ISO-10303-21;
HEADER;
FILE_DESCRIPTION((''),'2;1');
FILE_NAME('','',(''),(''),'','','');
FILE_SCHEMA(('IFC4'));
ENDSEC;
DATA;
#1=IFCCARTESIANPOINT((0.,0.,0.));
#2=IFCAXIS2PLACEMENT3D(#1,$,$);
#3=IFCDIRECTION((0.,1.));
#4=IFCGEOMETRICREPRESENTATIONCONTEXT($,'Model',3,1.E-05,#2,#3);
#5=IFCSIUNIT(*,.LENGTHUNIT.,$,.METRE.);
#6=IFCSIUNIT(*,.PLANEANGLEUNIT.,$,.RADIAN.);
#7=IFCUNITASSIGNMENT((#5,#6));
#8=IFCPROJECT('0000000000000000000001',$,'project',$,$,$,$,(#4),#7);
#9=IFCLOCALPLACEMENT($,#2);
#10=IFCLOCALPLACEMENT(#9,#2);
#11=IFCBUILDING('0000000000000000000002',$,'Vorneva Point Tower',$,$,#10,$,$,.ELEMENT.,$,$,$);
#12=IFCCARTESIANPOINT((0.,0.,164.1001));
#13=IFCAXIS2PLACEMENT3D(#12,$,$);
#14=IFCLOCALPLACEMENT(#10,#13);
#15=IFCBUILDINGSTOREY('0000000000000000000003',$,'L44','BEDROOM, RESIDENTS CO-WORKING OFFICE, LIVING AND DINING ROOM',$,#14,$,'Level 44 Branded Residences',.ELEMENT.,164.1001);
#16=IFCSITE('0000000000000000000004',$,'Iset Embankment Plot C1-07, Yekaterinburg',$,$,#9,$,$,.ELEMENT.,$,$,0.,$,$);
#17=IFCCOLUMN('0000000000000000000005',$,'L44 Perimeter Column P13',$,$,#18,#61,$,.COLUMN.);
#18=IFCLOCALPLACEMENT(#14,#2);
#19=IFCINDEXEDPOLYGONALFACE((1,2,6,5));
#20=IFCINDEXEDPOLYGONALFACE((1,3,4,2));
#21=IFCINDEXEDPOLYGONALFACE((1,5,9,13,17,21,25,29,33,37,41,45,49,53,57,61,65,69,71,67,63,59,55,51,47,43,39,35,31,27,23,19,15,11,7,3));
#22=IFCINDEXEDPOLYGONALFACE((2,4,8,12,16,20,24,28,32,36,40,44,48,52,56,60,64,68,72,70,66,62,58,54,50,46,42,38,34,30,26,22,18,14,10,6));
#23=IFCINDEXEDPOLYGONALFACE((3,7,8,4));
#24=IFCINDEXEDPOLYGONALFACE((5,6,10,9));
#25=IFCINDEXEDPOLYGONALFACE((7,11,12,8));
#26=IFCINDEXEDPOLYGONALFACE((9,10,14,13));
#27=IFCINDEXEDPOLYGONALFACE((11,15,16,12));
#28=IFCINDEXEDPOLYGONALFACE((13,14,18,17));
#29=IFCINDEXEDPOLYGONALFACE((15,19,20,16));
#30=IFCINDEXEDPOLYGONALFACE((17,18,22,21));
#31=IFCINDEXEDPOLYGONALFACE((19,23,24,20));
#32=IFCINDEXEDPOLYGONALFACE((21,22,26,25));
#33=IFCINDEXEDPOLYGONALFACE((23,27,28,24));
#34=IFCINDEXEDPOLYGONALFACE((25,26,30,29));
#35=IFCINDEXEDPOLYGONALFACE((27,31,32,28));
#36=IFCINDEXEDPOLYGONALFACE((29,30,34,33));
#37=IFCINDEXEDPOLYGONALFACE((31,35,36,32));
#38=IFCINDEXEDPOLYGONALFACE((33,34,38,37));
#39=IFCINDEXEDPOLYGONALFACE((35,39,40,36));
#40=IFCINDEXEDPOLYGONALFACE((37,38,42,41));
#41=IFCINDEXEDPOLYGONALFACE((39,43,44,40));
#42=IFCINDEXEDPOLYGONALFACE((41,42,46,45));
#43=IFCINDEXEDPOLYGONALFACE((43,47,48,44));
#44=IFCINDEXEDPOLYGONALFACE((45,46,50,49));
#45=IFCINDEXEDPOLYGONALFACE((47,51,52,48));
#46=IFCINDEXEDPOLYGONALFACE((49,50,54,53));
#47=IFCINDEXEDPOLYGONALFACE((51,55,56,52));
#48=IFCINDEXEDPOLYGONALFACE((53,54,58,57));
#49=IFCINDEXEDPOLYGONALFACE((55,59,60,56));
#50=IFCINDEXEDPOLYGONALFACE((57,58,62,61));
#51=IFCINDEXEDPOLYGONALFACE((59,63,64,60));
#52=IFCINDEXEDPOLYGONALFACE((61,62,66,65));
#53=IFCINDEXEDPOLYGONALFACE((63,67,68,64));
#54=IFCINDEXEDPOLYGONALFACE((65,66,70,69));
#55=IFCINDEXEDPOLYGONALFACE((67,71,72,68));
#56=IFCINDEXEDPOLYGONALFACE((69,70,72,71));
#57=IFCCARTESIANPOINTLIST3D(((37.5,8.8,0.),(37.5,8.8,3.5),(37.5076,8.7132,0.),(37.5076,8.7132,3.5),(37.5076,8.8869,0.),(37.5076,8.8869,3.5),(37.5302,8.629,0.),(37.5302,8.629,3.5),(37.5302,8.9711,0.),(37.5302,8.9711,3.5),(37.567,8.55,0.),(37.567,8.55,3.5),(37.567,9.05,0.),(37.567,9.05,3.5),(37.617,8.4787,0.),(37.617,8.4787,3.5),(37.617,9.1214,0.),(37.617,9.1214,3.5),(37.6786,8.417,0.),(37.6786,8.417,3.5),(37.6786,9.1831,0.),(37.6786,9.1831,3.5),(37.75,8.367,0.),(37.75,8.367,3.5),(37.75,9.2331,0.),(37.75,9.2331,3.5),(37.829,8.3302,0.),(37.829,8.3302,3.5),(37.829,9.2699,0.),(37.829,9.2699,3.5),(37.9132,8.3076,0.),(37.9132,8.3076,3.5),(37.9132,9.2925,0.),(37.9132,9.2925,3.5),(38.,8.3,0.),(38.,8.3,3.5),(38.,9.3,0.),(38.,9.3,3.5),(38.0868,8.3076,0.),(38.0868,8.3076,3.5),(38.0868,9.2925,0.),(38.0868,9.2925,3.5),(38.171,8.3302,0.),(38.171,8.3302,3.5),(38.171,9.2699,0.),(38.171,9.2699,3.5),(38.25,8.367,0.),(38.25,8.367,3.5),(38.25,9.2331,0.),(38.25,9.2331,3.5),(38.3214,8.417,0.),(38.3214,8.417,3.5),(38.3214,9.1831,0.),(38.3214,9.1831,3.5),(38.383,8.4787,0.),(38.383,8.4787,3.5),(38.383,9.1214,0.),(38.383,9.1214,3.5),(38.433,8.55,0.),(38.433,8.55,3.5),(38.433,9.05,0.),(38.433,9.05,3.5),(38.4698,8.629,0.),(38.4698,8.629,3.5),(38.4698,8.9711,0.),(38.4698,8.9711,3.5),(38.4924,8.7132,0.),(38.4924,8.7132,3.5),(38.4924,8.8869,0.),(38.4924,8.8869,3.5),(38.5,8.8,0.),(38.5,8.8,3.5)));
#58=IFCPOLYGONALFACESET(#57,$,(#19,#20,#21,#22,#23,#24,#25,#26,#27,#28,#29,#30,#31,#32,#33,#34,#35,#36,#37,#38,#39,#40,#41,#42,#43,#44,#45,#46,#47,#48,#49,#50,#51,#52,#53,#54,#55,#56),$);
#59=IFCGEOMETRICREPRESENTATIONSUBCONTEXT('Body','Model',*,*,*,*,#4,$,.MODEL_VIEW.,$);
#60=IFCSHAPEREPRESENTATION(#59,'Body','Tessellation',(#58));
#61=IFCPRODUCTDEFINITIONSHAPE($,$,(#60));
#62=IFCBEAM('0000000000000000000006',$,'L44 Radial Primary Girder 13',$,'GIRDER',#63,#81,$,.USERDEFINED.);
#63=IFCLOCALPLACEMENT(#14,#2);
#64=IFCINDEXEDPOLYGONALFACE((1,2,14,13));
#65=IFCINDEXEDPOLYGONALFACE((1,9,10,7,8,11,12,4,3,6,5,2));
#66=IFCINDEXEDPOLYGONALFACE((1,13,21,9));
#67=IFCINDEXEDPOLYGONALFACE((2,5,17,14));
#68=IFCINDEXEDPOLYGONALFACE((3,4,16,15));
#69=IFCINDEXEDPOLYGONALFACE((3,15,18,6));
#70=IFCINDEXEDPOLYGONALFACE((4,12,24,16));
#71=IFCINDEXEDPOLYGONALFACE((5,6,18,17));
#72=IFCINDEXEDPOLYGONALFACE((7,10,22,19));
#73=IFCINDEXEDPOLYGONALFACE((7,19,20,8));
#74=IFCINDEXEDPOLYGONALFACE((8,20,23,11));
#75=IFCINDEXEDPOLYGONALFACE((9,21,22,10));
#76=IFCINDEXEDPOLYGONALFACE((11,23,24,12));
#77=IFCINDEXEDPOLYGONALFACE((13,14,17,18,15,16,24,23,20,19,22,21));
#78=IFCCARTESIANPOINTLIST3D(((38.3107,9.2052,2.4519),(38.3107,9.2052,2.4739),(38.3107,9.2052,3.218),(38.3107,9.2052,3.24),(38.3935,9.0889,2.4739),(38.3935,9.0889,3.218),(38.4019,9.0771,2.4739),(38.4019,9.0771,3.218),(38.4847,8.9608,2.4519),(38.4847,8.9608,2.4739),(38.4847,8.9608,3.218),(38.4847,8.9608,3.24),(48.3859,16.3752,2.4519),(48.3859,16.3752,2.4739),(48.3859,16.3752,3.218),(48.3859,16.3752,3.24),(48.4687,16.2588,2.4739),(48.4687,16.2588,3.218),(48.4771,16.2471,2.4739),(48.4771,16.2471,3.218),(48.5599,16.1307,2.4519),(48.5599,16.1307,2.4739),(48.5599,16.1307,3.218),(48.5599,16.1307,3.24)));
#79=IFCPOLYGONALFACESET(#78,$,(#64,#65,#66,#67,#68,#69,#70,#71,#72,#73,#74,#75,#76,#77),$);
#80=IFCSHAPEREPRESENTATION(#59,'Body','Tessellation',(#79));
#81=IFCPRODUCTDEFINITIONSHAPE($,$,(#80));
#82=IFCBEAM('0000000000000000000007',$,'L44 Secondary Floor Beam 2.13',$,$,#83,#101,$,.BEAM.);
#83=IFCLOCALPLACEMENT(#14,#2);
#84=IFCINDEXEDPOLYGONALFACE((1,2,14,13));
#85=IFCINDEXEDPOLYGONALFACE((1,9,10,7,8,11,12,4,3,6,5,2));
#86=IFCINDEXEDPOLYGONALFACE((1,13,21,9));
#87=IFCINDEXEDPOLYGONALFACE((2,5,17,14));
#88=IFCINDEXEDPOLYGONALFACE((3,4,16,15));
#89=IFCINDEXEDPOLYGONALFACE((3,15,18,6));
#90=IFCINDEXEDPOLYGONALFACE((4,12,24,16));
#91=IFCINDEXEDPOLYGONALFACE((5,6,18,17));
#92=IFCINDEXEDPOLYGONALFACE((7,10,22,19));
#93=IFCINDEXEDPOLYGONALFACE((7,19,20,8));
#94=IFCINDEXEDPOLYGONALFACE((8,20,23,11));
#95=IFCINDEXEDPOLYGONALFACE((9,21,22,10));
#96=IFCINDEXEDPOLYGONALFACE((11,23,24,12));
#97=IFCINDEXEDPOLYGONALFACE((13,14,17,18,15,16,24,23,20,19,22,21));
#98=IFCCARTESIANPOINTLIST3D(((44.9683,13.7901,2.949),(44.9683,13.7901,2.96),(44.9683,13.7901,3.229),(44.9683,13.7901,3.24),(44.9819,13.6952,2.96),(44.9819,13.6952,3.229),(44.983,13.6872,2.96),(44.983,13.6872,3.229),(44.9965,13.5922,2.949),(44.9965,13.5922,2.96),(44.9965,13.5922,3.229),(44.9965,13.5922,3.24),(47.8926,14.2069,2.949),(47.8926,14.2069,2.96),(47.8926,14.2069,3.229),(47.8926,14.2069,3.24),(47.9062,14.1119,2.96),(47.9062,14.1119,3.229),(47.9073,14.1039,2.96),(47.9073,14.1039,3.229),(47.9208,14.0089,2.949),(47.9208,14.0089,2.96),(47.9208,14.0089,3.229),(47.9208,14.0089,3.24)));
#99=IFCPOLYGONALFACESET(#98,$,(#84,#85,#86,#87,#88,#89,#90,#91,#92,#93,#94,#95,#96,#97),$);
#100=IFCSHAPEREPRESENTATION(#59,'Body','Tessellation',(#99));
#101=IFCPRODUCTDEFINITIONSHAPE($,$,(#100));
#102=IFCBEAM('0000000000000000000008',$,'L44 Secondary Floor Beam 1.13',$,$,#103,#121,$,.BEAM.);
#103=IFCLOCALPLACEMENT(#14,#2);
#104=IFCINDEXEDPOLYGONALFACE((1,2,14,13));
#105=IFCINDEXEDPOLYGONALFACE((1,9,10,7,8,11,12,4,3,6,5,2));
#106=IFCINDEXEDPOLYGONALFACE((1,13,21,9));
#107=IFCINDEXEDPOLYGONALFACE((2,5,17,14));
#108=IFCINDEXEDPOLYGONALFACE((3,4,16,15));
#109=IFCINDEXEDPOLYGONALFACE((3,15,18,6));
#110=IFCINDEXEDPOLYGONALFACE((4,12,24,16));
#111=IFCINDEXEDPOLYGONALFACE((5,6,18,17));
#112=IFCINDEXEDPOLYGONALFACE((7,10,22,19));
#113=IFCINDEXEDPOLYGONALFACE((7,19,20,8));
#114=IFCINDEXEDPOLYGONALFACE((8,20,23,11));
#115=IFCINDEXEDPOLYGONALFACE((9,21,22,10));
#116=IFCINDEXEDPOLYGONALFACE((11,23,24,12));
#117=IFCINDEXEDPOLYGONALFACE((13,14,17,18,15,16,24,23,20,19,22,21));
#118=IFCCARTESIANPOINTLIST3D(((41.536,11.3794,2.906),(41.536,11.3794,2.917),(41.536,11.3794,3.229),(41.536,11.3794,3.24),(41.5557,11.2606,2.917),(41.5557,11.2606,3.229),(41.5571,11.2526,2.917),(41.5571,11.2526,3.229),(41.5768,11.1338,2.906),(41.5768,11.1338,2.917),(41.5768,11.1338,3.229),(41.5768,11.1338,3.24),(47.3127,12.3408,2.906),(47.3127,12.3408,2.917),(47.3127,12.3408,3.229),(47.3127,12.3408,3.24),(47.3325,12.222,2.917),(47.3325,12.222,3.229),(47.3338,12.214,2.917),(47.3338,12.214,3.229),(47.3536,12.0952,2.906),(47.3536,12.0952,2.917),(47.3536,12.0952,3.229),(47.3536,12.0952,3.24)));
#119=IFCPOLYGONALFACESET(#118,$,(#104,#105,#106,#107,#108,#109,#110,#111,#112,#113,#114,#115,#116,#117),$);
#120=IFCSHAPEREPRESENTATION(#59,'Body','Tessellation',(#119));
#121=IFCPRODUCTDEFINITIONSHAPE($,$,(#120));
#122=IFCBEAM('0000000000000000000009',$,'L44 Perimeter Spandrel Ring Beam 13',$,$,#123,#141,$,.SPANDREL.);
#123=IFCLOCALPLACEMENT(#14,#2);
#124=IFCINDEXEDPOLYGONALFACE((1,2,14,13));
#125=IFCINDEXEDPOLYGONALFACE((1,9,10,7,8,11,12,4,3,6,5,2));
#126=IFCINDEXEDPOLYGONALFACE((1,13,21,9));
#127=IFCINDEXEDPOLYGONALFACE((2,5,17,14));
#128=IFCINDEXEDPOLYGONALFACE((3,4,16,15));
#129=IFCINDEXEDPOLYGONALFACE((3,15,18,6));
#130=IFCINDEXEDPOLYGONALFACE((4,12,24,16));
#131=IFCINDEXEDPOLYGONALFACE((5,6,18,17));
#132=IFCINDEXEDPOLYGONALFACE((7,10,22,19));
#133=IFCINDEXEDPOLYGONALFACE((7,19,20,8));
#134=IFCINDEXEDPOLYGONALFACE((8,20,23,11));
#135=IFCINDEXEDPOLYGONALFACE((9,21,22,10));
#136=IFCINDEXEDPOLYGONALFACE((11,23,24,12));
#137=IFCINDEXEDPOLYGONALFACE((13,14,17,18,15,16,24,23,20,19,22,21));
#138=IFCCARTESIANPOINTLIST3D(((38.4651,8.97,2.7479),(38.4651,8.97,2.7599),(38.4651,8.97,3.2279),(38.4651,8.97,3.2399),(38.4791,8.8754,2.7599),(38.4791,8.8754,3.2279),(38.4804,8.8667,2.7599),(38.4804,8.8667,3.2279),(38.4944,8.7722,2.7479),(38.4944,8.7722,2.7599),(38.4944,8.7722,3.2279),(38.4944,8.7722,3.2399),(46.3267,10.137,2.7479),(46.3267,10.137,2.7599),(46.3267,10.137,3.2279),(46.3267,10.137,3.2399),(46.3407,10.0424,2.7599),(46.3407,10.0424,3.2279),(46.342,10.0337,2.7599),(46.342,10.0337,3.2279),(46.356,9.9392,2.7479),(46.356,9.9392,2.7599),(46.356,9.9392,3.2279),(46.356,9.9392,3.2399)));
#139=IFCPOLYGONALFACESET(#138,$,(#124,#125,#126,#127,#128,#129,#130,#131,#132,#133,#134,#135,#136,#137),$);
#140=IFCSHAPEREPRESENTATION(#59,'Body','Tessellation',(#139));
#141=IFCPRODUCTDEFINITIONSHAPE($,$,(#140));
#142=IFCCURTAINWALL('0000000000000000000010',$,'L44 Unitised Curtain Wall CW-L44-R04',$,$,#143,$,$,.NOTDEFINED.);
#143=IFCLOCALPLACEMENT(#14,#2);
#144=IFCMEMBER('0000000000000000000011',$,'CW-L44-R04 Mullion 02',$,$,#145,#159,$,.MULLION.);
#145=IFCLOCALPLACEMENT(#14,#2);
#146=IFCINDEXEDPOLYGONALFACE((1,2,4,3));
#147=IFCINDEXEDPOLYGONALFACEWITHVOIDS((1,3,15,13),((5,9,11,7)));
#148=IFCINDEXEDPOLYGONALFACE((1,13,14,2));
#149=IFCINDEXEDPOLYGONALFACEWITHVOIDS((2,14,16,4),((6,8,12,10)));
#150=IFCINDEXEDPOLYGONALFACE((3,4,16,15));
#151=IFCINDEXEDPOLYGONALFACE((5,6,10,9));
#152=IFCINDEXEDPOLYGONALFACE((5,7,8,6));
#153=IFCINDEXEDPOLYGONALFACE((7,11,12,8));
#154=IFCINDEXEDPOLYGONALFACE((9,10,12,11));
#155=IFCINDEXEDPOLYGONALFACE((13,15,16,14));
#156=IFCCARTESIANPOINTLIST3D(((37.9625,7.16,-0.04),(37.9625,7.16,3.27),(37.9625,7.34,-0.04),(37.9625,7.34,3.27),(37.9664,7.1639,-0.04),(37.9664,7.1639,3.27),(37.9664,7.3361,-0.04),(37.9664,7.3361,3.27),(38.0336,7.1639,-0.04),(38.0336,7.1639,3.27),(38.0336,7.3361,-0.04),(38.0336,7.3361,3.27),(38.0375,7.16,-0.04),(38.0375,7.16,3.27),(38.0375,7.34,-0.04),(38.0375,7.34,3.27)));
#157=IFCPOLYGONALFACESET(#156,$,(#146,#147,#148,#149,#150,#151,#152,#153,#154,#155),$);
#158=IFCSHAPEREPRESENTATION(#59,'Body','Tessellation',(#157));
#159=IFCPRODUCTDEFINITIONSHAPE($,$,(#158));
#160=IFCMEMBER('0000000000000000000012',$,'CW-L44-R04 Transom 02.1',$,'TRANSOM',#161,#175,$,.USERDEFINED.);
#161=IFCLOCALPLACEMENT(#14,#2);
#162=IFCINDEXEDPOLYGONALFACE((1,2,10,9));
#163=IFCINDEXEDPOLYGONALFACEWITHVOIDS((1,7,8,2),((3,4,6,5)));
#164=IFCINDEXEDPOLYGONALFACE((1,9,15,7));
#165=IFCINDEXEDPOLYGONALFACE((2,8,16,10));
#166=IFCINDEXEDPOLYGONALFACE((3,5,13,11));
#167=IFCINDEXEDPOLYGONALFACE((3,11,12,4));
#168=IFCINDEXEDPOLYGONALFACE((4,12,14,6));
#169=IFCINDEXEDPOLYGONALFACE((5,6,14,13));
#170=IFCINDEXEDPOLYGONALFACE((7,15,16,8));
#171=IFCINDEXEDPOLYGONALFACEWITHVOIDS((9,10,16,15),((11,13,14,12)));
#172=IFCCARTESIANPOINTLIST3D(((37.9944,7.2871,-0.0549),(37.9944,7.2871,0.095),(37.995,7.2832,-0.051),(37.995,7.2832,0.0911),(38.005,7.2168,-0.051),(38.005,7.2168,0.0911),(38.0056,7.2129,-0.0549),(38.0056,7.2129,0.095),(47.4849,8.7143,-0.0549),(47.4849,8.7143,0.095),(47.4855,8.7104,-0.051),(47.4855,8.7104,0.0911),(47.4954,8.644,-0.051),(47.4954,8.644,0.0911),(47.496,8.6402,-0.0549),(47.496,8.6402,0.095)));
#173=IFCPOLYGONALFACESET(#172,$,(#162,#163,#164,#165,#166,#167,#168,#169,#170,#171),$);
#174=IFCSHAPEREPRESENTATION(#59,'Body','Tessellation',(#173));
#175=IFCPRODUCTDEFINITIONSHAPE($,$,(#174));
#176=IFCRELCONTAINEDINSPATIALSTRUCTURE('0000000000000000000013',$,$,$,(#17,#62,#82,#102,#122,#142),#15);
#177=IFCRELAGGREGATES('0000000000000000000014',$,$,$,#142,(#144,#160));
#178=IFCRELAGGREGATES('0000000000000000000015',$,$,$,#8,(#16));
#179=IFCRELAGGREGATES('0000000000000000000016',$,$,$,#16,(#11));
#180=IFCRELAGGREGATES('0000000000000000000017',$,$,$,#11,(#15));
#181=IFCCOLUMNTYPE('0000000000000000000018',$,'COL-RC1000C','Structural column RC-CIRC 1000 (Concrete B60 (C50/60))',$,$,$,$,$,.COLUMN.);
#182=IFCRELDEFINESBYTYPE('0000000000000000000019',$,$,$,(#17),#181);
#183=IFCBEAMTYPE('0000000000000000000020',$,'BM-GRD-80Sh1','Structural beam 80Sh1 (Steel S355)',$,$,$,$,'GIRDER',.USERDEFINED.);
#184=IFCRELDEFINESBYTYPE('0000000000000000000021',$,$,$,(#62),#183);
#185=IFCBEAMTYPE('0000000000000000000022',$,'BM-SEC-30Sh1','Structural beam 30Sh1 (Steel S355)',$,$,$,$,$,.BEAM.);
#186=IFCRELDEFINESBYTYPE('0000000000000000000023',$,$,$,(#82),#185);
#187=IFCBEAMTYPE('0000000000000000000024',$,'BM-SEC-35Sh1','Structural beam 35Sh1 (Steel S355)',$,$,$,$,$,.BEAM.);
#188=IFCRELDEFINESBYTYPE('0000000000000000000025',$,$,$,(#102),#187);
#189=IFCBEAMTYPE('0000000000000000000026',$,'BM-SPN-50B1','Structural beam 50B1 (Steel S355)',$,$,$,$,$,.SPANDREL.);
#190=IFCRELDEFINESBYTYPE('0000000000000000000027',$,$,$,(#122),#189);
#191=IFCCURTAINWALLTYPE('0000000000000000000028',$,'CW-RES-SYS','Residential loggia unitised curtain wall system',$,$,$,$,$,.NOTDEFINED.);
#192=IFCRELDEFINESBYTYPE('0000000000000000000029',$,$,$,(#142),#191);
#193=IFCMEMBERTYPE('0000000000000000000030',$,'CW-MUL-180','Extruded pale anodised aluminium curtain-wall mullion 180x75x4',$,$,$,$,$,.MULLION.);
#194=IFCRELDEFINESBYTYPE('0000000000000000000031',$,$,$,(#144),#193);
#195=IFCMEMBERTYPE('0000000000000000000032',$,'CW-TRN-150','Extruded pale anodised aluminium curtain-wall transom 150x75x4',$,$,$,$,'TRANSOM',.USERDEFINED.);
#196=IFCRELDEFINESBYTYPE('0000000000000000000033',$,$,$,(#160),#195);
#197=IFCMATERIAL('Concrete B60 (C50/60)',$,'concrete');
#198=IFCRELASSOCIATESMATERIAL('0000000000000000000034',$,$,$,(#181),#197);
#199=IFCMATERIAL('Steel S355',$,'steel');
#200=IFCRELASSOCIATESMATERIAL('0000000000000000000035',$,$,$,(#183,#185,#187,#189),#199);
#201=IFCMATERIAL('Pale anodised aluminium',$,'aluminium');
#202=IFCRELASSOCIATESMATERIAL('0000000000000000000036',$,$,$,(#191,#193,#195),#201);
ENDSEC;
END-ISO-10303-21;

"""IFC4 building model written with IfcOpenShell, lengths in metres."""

from ifc_helpers import new_model, si_unit, direction, frame, origin, origin_2d, place, context, subcontext, project, spatial, hollow_rectangle, circle, i_section, extrude, material, material_profile, profile_set, type_object, element, aggregate, save


model = new_model("IFC4")

# Units and contexts
model_context = context("Model", 3, precision=1e-05, world=origin(), true_north=direction((0.0, 1.0)))
body_context = subcontext(model_context, "Body", "Model", "MODEL_VIEW")
ifc_project = project(units=[si_unit("LENGTHUNIT", "METRE"), si_unit("PLANEANGLEUNIT", "RADIAN")], contexts=[model_context])

# Site, building, storey
site_placement = place(None, origin())
site = spatial("IfcSite", under=ifc_project, at=site_placement, Name="Iset Embankment Plot C1-07, Yekaterinburg", CompositionType="ELEMENT", RefElevation=0.0)
building_placement = place(site_placement, origin())
building = spatial("IfcBuilding", under=site, at=building_placement, Name="Vorneva Point Tower", CompositionType="ELEMENT")
storey_placement = place(building_placement, frame((0.0, 0.0, 164.1001)))
storey = spatial("IfcBuildingStorey", under=building, at=storey_placement, Name="L44", Description="BEDROOM, RESIDENTS CO-WORKING OFFICE, LIVING AND DINING ROOM", LongName="Level 44 Branded Residences", CompositionType="ELEMENT", Elevation=164.1001)

# Column
ifc_material_1 = material(Name="Concrete B60 (C50/60)", Category="concrete")
ifc_material_profile_1 = material_profile(ifc_material_1, circle(Radius=0.5, at=origin_2d()), Name="RC-CIRC 1000")
ifc_profile_set_1 = profile_set([ifc_material_profile_1], Name="Concrete B60 (C50/60)")
column_type = type_object("IfcColumnType", Name="COL-RC1000C", Description="Structural column RC-CIRC 1000 (Concrete B60 (C50/60))", PredefinedType="COLUMN", material=ifc_profile_set_1)
column_placement = place(storey_placement, frame((38.0, 8.8, 0.0), z_axis=(0.0, 0.0, 1.0), x_axis=(0.0, -1.0, 0.0)))
element("IfcColumn", 1, at=column_placement, inside=storey, type_object=column_type, Name="L44 Perimeter Column P13", PredefinedType="COLUMN", context=body_context, shape_type="SweptSolid", body=[
    extrude(circle(Radius=0.5, at=origin_2d()), origin(), (0.0, 0.0, 1.0), 3.5),
])

# Beams
ifc_material_2 = material(Name="Steel S355", Category="steel")
ifc_material_profile_2 = material_profile(ifc_material_2, i_section(OverallWidth=0.3, OverallDepth=0.7881, WebThickness=0.0144, FlangeThickness=0.022, at=origin_2d()), Name="80Sh1")
ifc_profile_set_2 = profile_set([ifc_material_profile_2], Name="Steel S355")
beam_type_1 = type_object("IfcBeamType", Name="BM-GRD-80Sh1", Description="Structural beam 80Sh1 (Steel S355)", ElementType="GIRDER", PredefinedType="USERDEFINED", material=ifc_profile_set_2)
beam_1_placement = place(storey_placement, frame((38.3977, 9.083, 2.8459), z_axis=(0.814751, 0.57981, 0.0), x_axis=(-0.57981, 0.814751, 0.0)))
element("IfcBeam", 2, at=beam_1_placement, inside=storey, type_object=beam_type_1, Name="L44 Radial Primary Girder 13", ObjectType="GIRDER", PredefinedType="USERDEFINED", context=body_context, shape_type="SweptSolid", body=[
    extrude(i_section(OverallWidth=0.3, OverallDepth=0.7881, WebThickness=0.0144, FlangeThickness=0.022, at=origin_2d()), origin(), (0.0, 0.0, 1.0), 12.366),
])
ifc_material_profile_3 = material_profile(ifc_material_2, i_section(OverallWidth=0.2, OverallDepth=0.291, WebThickness=0.0081, FlangeThickness=0.011, at=origin_2d()), Name="30Sh1")
ifc_profile_set_3 = profile_set([ifc_material_profile_3], Name="Steel S355")
beam_type_2 = type_object("IfcBeamType", Name="BM-SEC-30Sh1", Description="Structural beam 30Sh1 (Steel S355)", PredefinedType="BEAM", material=ifc_profile_set_3)
beam_2_placement = place(storey_placement, frame((44.9824, 13.6912, 3.0945), z_axis=(0.989997, 0.141086, 0.0), x_axis=(-0.141086, 0.989997, 0.0)))
element("IfcBeam", 3, at=beam_2_placement, inside=storey, type_object=beam_type_2, Name="L44 Secondary Floor Beam 2.13", PredefinedType="BEAM", context=body_context, shape_type="SweptSolid", body=[
    extrude(i_section(OverallWidth=0.2, OverallDepth=0.291, WebThickness=0.0081, FlangeThickness=0.011, at=origin_2d()), origin(), (0.0, 0.0, 1.0), 2.9539),
])
ifc_material_profile_4 = material_profile(ifc_material_2, i_section(OverallWidth=0.249, OverallDepth=0.334, WebThickness=0.0081, FlangeThickness=0.011, at=origin_2d()), Name="35Sh1")
ifc_profile_set_4 = profile_set([ifc_material_profile_4], Name="Steel S355")
beam_type_3 = type_object("IfcBeamType", Name="BM-SEC-35Sh1", Description="Structural beam 35Sh1 (Steel S355)", PredefinedType="BEAM", material=ifc_profile_set_4)
beam_3_placement = place(storey_placement, frame((41.5564, 11.2566, 3.073), z_axis=(0.986432, 0.164169, 0.0), x_axis=(-0.164169, 0.986432, 0.0)))
element("IfcBeam", 4, at=beam_3_placement, inside=storey, type_object=beam_type_3, Name="L44 Secondary Floor Beam 1.13", PredefinedType="BEAM", context=body_context, shape_type="SweptSolid", body=[
    extrude(i_section(OverallWidth=0.249, OverallDepth=0.334, WebThickness=0.0081, FlangeThickness=0.011, at=origin_2d()), origin(), (0.0, 0.0, 1.0), 5.8562),
])
ifc_material_profile_5 = material_profile(ifc_material_2, i_section(OverallWidth=0.2, OverallDepth=0.4919, WebThickness=0.0088, FlangeThickness=0.012, at=origin_2d()), Name="50B1")
ifc_profile_set_5 = profile_set([ifc_material_profile_5], Name="Steel S355")
beam_type_4 = type_object("IfcBeamType", Name="BM-SPN-50B1", Description="Structural beam 50B1 (Steel S355)", PredefinedType="SPANDREL", material=ifc_profile_set_5)
beam_4_placement = place(storey_placement, frame((38.4797, 8.8711, 2.9939), z_axis=(0.989161, 0.146834, 0.0), x_axis=(-0.146834, 0.989161, 0.0)))
element("IfcBeam", 5, at=beam_4_placement, inside=storey, type_object=beam_type_4, Name="L44 Perimeter Spandrel Ring Beam 13", PredefinedType="SPANDREL", context=body_context, shape_type="SweptSolid", body=[
    extrude(i_section(OverallWidth=0.2, OverallDepth=0.4919, WebThickness=0.0088, FlangeThickness=0.012, at=origin_2d()), origin(), (0.0, 0.0, 1.0), 7.9478),
])

# Curtain wall, members
ifc_material_3 = material(Name="Pale anodised aluminium", Category="aluminium")
curtain_wall_type = type_object("IfcCurtainWallType", Name="CW-RES-SYS", Description="Residential loggia unitised curtain wall system", PredefinedType="NOTDEFINED", material=ifc_material_3)
curtain_wall_placement = place(storey_placement, origin())
curtain_wall = element("IfcCurtainWall", 6, at=curtain_wall_placement, inside=storey, type_object=curtain_wall_type, Name="L44 Unitised Curtain Wall CW-L44-R04", PredefinedType="NOTDEFINED")
ifc_material_profile_6 = material_profile(ifc_material_3, hollow_rectangle(XDim=0.075, YDim=0.1799, WallThickness=0.0039, at=origin_2d()), Name="AL-MUL 180x75x4")
ifc_profile_set_6 = profile_set([ifc_material_profile_6], Name="Pale anodised aluminium")
member_type_1 = type_object("IfcMemberType", Name="CW-MUL-180", Description="Extruded pale anodised aluminium curtain-wall mullion 180x75x4", PredefinedType="MULLION", material=ifc_profile_set_6)
member_1_placement = place(storey_placement, frame((38.0, 7.25, -0.04), z_axis=(0.0, 0.0, 1.0), x_axis=(1.0, 0.0, 0.0)))
member_1 = element("IfcMember", 7, at=member_1_placement, type_object=member_type_1, Name="CW-L44-R04 Mullion 02", PredefinedType="MULLION", context=body_context, shape_type="SweptSolid", body=[
    extrude(hollow_rectangle(XDim=0.075, YDim=0.1799, WallThickness=0.0039, at=origin_2d()), origin(), (0.0, 0.0, 1.0), 3.3101),
])
ifc_material_profile_7 = material_profile(ifc_material_3, hollow_rectangle(XDim=0.075, YDim=0.1499, WallThickness=0.0039, at=origin_2d()), Name="AL-TRN 150x75x4")
ifc_profile_set_7 = profile_set([ifc_material_profile_7], Name="Pale anodised aluminium")
member_type_2 = type_object("IfcMemberType", Name="CW-TRN-150", Description="Extruded pale anodised aluminium curtain-wall transom 150x75x4", ElementType="TRANSOM", PredefinedType="USERDEFINED", material=ifc_profile_set_7)
member_2_placement = place(storey_placement, frame((38.0, 7.25, 0.02), z_axis=(0.98888, 0.148715, 0.0), x_axis=(-0.148715, 0.98888, 0.0)))
member_2 = element("IfcMember", 8, at=member_2_placement, type_object=member_type_2, Name="CW-L44-R04 Transom 02.1", ObjectType="TRANSOM", PredefinedType="USERDEFINED", context=body_context, shape_type="SweptSolid", body=[
    extrude(hollow_rectangle(XDim=0.075, YDim=0.1499, WallThickness=0.0039, at=origin_2d()), origin(), (0.0, 0.0, 1.0), 9.5972),
])
aggregate(curtain_wall, [member_1, member_2])

save(model, "model.ifc")
